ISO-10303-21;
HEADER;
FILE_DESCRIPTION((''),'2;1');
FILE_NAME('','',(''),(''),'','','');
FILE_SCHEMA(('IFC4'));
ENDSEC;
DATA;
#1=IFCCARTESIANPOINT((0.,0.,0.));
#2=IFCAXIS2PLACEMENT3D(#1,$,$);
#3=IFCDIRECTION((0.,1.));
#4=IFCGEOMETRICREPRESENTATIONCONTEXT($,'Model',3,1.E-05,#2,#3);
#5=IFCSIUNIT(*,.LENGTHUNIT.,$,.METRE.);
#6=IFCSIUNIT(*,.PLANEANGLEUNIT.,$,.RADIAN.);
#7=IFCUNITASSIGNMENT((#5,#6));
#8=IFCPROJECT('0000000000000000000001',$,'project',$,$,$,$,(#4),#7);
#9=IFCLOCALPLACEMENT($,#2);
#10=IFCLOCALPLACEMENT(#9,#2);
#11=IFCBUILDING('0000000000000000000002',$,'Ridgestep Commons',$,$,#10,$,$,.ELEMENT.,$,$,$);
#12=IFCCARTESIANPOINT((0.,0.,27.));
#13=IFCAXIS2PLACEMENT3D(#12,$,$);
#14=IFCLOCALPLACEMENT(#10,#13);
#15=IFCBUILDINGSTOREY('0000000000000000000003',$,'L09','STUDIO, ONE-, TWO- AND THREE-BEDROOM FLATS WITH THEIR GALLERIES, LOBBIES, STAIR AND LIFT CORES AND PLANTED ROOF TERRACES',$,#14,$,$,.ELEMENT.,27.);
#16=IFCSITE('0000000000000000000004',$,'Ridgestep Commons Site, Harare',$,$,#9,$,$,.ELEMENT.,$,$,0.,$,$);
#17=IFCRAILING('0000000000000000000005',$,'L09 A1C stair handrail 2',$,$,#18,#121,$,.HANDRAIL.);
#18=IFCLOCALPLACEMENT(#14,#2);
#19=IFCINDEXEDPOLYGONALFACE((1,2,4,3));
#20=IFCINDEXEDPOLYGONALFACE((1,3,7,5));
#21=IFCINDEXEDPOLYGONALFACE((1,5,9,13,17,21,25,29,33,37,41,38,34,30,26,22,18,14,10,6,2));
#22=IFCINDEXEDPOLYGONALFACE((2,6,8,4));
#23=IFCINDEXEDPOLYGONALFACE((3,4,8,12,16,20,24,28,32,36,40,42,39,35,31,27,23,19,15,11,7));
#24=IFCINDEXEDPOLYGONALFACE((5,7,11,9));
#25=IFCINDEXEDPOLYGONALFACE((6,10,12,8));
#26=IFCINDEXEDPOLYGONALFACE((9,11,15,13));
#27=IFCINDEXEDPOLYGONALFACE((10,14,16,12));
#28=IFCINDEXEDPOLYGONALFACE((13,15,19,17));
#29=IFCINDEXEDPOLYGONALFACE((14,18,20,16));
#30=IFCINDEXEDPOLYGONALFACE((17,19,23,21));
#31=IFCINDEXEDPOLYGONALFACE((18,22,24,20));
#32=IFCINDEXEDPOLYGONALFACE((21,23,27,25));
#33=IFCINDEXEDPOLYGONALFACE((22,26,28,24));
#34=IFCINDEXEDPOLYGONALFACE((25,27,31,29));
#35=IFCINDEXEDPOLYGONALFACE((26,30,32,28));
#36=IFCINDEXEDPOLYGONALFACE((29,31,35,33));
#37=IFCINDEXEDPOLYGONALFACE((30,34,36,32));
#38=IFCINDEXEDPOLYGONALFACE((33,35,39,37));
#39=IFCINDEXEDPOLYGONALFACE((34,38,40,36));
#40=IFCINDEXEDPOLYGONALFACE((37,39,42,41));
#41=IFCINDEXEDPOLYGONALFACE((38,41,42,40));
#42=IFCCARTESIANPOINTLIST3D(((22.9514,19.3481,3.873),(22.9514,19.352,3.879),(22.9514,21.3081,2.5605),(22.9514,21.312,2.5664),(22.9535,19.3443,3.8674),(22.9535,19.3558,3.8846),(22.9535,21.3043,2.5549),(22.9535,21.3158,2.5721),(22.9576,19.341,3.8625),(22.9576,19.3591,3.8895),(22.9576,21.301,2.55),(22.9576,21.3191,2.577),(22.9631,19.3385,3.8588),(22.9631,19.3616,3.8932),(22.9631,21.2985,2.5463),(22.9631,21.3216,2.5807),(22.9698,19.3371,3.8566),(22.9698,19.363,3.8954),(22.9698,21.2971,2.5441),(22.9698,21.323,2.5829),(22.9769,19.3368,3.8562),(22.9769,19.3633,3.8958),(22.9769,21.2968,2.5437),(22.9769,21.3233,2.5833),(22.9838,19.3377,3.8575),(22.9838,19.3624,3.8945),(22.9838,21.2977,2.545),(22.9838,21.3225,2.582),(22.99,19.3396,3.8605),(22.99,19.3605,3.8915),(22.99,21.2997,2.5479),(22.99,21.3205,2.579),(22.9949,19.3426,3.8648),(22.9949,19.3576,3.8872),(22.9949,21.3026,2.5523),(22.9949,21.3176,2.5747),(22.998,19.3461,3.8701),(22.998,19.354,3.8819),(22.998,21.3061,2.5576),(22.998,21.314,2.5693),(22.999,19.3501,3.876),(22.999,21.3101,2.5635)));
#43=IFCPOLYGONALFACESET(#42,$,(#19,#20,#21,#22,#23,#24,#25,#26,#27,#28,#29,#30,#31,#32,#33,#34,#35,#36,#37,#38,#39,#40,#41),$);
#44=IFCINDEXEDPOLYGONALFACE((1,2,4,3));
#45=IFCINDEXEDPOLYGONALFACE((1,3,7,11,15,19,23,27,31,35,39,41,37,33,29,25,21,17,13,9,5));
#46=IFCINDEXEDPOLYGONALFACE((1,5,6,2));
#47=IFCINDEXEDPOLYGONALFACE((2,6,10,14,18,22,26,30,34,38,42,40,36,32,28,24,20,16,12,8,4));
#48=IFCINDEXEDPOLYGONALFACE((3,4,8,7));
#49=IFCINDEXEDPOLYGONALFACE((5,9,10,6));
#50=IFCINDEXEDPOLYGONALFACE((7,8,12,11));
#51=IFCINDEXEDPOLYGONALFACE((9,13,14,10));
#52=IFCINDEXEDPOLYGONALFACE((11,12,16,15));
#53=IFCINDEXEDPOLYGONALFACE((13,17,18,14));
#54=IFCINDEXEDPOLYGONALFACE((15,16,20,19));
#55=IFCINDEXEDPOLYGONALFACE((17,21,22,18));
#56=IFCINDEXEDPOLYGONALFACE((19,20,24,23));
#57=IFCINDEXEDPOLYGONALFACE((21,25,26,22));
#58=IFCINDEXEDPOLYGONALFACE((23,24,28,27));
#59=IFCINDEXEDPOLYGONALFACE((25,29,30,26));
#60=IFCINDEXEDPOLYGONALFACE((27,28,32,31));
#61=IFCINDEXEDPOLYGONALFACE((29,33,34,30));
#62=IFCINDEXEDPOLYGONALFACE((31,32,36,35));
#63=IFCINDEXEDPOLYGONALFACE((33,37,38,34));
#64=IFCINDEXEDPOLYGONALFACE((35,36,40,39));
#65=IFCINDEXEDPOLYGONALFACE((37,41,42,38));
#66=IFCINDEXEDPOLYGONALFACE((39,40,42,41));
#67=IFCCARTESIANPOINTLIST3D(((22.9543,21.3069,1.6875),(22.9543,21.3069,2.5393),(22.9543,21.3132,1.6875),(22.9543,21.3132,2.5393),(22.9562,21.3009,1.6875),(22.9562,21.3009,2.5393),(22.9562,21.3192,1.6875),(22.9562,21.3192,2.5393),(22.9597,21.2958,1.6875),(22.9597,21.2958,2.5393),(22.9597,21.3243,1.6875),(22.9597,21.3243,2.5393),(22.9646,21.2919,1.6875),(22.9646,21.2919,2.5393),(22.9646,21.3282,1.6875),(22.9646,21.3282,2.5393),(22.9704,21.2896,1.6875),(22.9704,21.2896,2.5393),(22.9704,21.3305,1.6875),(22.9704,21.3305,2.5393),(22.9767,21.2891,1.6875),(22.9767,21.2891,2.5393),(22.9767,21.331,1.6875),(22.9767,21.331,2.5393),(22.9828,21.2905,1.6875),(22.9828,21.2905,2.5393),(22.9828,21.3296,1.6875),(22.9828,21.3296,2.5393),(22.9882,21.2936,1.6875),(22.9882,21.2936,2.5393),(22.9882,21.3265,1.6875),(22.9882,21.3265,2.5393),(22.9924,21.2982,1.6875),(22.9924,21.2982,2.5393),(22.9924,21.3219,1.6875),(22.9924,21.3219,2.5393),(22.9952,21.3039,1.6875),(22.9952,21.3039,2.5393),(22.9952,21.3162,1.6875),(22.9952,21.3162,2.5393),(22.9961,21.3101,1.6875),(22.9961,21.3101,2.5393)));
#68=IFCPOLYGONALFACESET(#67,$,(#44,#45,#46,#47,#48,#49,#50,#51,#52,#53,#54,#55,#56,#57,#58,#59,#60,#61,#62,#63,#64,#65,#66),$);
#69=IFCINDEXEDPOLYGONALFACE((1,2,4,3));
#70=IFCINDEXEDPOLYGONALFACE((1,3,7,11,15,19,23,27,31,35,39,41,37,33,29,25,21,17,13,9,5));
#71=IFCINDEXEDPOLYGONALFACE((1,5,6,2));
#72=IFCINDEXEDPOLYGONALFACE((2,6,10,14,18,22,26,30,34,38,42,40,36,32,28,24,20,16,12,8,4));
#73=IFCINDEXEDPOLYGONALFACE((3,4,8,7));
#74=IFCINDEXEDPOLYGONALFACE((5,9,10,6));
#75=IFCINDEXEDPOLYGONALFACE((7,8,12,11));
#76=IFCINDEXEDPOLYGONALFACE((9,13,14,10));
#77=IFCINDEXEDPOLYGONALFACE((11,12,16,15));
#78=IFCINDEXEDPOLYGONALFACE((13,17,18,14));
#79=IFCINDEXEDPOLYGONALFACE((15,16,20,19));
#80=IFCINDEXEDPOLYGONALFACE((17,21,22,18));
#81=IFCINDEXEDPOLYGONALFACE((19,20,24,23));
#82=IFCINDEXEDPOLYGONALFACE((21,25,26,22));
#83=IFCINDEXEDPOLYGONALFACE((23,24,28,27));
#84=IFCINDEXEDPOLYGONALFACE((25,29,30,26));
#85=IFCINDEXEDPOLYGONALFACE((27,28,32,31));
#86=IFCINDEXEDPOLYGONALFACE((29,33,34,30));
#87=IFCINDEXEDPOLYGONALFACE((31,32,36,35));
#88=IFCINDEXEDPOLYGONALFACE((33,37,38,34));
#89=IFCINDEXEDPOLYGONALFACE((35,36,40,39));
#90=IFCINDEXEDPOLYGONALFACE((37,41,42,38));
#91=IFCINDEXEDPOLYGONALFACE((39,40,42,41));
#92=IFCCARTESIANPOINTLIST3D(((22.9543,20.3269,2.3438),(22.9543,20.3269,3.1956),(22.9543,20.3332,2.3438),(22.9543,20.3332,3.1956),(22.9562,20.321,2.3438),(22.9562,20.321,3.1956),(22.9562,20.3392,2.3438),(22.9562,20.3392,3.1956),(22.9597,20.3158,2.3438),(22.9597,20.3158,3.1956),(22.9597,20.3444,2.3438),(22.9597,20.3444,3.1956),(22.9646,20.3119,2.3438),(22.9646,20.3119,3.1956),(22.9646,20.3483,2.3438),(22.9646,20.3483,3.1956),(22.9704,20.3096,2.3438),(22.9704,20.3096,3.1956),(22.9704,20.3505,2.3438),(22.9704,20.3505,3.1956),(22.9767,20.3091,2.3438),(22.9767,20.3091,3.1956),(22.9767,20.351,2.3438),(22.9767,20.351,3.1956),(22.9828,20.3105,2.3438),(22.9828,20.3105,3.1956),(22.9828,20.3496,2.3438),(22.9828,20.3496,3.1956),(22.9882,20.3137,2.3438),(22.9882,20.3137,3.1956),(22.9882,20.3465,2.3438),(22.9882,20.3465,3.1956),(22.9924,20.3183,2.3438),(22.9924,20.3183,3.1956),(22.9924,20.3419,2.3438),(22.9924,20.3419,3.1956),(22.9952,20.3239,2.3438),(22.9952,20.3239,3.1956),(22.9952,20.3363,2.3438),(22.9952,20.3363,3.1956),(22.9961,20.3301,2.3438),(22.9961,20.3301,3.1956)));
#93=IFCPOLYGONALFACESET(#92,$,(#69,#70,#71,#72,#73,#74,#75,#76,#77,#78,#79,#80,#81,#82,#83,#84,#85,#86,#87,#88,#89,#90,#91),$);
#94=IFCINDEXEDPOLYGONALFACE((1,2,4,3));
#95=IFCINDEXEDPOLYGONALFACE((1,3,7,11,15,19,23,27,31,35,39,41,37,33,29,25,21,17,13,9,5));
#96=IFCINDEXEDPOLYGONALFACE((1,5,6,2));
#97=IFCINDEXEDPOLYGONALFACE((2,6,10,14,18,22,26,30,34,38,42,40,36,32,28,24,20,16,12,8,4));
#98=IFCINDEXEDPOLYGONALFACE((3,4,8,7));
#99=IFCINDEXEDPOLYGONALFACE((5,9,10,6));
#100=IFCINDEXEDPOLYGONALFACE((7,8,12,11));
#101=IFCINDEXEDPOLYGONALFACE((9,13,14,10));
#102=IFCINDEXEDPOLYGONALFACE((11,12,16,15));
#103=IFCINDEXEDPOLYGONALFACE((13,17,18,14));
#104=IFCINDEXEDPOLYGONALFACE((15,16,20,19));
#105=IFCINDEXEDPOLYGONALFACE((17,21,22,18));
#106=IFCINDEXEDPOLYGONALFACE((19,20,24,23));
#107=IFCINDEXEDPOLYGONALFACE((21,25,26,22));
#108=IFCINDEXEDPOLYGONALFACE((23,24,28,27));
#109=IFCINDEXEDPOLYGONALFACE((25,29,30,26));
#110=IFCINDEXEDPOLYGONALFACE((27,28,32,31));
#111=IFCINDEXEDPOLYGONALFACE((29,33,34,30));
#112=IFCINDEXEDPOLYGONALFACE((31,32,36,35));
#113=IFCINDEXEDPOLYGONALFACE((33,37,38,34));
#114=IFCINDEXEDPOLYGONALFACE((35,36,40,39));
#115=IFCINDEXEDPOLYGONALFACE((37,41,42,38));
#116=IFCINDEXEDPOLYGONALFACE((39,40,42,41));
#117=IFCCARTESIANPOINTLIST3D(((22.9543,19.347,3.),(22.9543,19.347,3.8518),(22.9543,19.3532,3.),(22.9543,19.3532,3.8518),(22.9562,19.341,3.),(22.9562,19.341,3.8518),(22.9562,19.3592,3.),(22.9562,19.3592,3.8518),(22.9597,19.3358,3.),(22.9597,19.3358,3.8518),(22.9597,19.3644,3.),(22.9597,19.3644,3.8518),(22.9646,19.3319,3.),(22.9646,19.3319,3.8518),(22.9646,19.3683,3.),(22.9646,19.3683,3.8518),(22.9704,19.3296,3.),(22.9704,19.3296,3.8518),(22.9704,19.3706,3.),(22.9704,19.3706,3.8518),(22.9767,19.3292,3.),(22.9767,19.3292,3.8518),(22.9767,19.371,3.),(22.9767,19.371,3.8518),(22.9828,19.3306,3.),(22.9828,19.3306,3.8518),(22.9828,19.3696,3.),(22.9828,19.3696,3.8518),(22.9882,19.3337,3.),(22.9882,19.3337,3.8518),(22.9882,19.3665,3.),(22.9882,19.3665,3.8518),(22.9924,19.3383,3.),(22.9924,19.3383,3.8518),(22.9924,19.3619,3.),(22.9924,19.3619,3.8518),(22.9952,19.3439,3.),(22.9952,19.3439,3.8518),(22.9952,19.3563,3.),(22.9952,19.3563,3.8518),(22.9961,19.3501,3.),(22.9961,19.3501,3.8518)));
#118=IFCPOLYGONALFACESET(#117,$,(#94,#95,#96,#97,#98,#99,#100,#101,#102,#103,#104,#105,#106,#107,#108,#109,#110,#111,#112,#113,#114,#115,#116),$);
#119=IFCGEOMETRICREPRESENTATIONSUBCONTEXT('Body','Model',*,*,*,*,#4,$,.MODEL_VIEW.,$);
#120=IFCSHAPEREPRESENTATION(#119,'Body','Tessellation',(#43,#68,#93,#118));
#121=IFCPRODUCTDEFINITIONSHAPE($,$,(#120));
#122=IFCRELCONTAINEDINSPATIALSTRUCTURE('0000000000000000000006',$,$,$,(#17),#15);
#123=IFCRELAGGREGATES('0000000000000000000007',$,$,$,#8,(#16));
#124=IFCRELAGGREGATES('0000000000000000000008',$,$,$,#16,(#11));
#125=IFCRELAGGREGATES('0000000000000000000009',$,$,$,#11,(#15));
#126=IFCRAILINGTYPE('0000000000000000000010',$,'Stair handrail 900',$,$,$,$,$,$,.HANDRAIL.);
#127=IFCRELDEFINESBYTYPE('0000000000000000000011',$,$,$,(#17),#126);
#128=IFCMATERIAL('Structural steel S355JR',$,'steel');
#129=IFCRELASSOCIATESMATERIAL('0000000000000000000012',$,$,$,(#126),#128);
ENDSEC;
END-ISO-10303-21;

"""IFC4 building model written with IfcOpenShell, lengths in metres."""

from ifc_helpers import new_model, si_unit, direction, frame, origin, origin_2d, place, context, subcontext, project, spatial, circle, extrude, material, type_object, element, save


model = new_model("IFC4")

# Units and contexts
model_context = context("Model", 3, precision=1e-05, world=origin(), true_north=direction((0.0, 1.0)))
body_context = subcontext(model_context, "Body", "Model", "MODEL_VIEW")
ifc_project = project(units=[si_unit("LENGTHUNIT", "METRE"), si_unit("PLANEANGLEUNIT", "RADIAN")], contexts=[model_context])

# Site, building, storey
site_placement = place(None, origin())
site = spatial("IfcSite", under=ifc_project, at=site_placement, Name="Ridgestep Commons Site, Harare", CompositionType="ELEMENT", RefElevation=0.0)
building_placement = place(site_placement, origin())
building = spatial("IfcBuilding", under=site, at=building_placement, Name="Ridgestep Commons", CompositionType="ELEMENT")
storey_placement = place(building_placement, frame((0.0, 0.0, 27.0)))
storey = spatial("IfcBuildingStorey", under=building, at=storey_placement, Name="L09", Description="STUDIO, ONE-, TWO- AND THREE-BEDROOM FLATS WITH THEIR GALLERIES, LOBBIES, STAIR AND LIFT CORES AND PLANTED ROOF TERRACES", CompositionType="ELEMENT", Elevation=27.0)

# Railing
ifc_material_1 = material(Name="Structural steel S355JR", Category="steel")
railing_type_1 = type_object("IfcRailingType", Name="Stair handrail 900", PredefinedType="HANDRAIL", material=ifc_material_1)
railing_1_placement = place(storey_placement, frame((22.9751, 21.3101, 1.6875)))
element("IfcRailing", 1, at=railing_1_placement, inside=storey, type_object=railing_type_1, Name="L09 A1C stair handrail 2", PredefinedType="HANDRAIL", context=body_context, shape_type="SweptSolid", body=[
    extrude(circle(Radius=0.0239, at=origin_2d()), frame((0.0, 0.0, 0.876), z_axis=(0.0, -0.830902, 0.556419), x_axis=(1.0, 0.0, 0.0)), (0.0, 0.0, 1.0), 2.3589),
    extrude(circle(Radius=0.021, at=origin_2d()), origin(), (0.0, 0.0, 1.0), 0.8518),
    extrude(circle(Radius=0.021, at=origin_2d()), frame((0.0, -0.98, 0.6562)), (0.0, 0.0, 1.0), 0.8518),
    extrude(circle(Radius=0.021, at=origin_2d()), frame((0.0, -1.96, 1.3125)), (0.0, 0.0, 1.0), 0.8518),
])

save(model, "model.ifc")
